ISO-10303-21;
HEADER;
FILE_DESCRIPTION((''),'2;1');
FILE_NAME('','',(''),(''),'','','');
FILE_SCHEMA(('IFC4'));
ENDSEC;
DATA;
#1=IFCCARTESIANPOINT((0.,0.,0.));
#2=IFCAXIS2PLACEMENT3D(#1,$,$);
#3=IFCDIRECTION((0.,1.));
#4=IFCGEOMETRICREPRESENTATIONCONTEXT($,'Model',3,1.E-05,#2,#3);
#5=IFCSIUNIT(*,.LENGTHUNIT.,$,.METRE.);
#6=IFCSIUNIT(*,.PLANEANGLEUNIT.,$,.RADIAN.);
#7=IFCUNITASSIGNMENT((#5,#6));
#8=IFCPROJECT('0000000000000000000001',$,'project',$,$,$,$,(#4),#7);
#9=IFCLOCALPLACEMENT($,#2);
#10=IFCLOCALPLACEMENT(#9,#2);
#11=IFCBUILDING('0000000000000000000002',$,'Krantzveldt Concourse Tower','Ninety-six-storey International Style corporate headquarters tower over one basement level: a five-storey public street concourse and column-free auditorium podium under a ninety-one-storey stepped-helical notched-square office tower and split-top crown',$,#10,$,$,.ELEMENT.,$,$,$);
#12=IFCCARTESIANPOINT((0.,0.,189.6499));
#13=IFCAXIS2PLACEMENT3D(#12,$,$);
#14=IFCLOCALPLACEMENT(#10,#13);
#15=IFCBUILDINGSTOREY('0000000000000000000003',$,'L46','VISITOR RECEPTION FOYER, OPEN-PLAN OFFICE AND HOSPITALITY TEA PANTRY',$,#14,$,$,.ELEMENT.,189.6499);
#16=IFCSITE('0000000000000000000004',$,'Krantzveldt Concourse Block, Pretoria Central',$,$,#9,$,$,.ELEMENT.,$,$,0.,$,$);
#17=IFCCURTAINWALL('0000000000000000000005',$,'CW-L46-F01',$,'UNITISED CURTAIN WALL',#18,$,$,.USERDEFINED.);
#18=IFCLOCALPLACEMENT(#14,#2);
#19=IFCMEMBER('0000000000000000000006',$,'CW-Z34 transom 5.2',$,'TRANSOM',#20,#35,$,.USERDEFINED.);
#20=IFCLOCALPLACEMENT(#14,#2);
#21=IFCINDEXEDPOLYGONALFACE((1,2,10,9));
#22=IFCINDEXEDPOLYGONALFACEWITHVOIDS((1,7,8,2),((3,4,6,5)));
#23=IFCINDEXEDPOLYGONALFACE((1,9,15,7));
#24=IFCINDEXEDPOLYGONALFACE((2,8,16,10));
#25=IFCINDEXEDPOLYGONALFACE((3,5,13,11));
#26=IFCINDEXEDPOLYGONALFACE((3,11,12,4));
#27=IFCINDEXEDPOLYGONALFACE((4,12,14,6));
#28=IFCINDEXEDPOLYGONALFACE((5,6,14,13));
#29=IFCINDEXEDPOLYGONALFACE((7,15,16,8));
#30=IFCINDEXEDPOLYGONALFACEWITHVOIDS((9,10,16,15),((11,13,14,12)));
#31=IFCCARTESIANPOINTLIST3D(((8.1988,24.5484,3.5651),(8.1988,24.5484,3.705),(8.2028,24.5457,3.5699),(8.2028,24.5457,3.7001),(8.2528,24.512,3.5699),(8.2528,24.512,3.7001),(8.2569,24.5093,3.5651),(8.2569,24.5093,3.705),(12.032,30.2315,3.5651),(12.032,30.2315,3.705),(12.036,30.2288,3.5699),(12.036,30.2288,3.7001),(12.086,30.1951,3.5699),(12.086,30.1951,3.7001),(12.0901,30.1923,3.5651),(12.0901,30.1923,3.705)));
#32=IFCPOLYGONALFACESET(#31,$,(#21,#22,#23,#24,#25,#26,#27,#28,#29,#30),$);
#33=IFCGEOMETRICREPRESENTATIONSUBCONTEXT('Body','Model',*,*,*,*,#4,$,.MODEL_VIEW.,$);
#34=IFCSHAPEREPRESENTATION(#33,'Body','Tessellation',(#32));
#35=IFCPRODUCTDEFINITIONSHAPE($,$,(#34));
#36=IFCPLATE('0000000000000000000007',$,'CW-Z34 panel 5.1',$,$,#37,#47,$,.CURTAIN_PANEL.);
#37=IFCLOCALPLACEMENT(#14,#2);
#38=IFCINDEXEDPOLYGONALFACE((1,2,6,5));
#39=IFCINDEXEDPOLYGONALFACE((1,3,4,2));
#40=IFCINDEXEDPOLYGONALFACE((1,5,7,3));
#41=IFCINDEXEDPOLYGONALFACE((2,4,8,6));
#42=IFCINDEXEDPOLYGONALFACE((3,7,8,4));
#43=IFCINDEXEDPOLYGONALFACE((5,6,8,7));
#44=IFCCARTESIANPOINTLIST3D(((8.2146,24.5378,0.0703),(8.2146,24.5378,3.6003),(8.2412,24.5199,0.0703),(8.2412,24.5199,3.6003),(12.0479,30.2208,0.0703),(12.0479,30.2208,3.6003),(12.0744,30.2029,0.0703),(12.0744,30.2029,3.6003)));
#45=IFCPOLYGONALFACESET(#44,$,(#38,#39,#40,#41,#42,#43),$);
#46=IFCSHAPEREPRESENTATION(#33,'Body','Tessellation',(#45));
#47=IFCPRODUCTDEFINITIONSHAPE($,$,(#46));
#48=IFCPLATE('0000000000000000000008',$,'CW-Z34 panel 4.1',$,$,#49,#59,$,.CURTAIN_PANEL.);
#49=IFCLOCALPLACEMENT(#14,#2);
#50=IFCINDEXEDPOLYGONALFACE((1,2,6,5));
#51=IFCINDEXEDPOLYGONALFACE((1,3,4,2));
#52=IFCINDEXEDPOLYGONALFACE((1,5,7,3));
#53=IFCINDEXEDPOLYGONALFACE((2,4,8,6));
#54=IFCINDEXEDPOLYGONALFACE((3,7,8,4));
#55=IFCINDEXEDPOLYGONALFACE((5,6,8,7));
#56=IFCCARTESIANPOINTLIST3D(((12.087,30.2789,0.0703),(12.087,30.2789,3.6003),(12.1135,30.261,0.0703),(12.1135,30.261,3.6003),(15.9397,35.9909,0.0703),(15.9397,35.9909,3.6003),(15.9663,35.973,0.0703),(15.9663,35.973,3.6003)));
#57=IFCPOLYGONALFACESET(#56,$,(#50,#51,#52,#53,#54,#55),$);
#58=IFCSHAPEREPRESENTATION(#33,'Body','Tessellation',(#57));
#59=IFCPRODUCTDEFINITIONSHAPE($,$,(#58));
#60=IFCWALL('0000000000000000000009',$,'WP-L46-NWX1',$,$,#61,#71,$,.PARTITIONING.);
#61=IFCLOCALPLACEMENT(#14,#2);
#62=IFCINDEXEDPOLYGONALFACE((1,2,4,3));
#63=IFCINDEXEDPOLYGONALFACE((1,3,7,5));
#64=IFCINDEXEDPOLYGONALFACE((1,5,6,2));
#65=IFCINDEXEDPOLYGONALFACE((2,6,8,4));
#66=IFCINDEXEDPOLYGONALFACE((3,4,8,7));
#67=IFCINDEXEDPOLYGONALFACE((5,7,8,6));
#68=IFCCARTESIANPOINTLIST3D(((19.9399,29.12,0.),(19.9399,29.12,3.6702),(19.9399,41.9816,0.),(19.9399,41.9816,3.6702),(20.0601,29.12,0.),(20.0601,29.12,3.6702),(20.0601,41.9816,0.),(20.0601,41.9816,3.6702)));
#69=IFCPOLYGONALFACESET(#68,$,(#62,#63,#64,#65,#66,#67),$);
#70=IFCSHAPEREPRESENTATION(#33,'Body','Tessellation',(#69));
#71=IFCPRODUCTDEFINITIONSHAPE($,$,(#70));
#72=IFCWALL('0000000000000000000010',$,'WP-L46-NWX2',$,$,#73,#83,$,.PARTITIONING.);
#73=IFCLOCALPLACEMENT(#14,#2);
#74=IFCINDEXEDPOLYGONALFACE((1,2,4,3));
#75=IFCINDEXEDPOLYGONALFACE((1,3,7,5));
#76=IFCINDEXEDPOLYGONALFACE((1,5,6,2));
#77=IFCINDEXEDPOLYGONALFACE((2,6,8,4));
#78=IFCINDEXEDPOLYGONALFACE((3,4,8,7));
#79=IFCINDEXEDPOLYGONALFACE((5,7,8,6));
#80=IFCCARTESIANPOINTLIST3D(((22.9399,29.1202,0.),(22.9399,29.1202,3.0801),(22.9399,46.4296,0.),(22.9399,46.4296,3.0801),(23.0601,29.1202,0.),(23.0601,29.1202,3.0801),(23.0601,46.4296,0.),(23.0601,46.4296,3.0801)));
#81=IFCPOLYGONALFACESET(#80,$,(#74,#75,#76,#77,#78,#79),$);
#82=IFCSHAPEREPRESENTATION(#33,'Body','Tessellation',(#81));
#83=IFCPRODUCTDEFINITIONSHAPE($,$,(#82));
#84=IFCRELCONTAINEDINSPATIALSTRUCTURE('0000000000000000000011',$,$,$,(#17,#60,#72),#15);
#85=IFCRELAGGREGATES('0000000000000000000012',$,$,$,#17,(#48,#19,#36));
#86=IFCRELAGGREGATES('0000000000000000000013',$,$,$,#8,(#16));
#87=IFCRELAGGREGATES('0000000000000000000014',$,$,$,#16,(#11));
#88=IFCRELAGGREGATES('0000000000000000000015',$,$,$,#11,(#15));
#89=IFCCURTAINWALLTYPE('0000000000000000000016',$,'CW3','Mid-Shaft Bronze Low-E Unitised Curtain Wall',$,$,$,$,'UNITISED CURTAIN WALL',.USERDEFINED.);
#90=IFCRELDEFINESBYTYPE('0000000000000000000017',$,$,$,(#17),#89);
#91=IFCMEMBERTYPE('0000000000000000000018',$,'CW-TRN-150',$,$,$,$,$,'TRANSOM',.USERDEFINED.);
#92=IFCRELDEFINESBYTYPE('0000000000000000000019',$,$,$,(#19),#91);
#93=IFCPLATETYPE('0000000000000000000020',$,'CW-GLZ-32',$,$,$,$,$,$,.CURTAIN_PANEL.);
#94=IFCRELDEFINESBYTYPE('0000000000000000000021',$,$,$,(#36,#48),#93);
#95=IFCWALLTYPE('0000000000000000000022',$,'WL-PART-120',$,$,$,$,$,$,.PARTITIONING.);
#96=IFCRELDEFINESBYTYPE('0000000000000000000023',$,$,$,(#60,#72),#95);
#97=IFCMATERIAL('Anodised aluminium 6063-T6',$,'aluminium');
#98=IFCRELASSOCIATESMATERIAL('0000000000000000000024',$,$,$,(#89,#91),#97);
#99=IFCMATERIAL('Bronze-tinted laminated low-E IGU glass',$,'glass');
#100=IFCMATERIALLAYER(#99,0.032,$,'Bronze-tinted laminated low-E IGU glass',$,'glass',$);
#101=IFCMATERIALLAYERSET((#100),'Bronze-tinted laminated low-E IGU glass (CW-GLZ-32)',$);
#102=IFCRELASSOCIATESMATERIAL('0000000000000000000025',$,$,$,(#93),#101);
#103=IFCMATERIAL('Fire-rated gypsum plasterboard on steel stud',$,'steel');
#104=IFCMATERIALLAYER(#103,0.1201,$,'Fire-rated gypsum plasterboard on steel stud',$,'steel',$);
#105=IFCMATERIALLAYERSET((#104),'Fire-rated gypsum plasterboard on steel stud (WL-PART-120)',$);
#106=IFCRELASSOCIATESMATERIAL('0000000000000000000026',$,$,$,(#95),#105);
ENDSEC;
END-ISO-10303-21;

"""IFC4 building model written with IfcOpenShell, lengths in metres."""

from ifc_helpers import new_model, si_unit, direction, frame, frame_2d, origin, origin_2d, place, context, subcontext, project, spatial, rectangle, hollow_rectangle, extrude, source, transform, mapped, material, layer, layer_set, material_profile, profile_set, type_object, type_shapes, element, aggregate, save


model = new_model("IFC4")

# Units and contexts
model_context = context("Model", 3, precision=1e-05, world=origin(), true_north=direction((0.0, 1.0)))
body_context = subcontext(model_context, "Body", "Model", "MODEL_VIEW")
ifc_project = project(units=[si_unit("LENGTHUNIT", "METRE"), si_unit("PLANEANGLEUNIT", "RADIAN")], contexts=[model_context])

# Site, building, storey
site_placement = place(None, origin())
site = spatial("IfcSite", under=ifc_project, at=site_placement, Name="Krantzveldt Concourse Block, Pretoria Central", CompositionType="ELEMENT", RefElevation=0.0)
building_placement = place(site_placement, origin())
building = spatial("IfcBuilding", under=site, at=building_placement, Name="Krantzveldt Concourse Tower", Description="Ninety-six-storey International Style corporate headquarters tower over one basement level: a five-storey public street concourse and column-free auditorium podium under a ninety-one-storey stepped-helical notched-square office tower and split-top crown", CompositionType="ELEMENT")
storey_placement = place(building_placement, frame((0.0, 0.0, 189.6499)))
storey = spatial("IfcBuildingStorey", under=building, at=storey_placement, Name="L46", Description="VISITOR RECEPTION FOYER, OPEN-PLAN OFFICE AND HOSPITALITY TEA PANTRY", CompositionType="ELEMENT", Elevation=189.6499)

# Curtain wall, member, plates
ifc_material_1 = material(Name="Anodised aluminium 6063-T6", Category="aluminium")
curtain_wall_type = type_object("IfcCurtainWallType", Name="CW3", Description="Mid-Shaft Bronze Low-E Unitised Curtain Wall", ElementType="UNITISED CURTAIN WALL", PredefinedType="USERDEFINED", material=ifc_material_1)
curtain_wall_placement = place(storey_placement, origin())
curtain_wall = element("IfcCurtainWall", 1, at=curtain_wall_placement, inside=storey, type_object=curtain_wall_type, Name="CW-L46-F01", ObjectType="UNITISED CURTAIN WALL", PredefinedType="USERDEFINED")
ifc_material_profile_1 = material_profile(ifc_material_1, hollow_rectangle(XDim=0.0701, YDim=0.1399, WallThickness=0.0049, at=origin_2d()), Name="Anodised aluminium 6063-T6", Category="aluminium")
ifc_profile_set_1 = profile_set([ifc_material_profile_1], Name="Anodised aluminium 6063-T6 - ALU-TRAN 140x70x5")
member_type_1 = type_object("IfcMemberType", Name="CW-TRN-150", ElementType="TRANSOM", PredefinedType="USERDEFINED", material=ifc_profile_set_1)
shared_shape_1 = source(origin(), body_context, "Body", "SweptSolid", [
    extrude(hollow_rectangle(XDim=0.0701, YDim=0.1399, WallThickness=0.0049, at=origin_2d()), origin(), (0.0, 0.0, 1.0), 6.855),
])
type_shapes(member_type_1, [shared_shape_1])
member_1_placement = place(storey_placement, frame((12.061, 30.2119, 3.635), z_axis=(-0.559188, -0.829041, 0.0), x_axis=(0.829041, -0.559188, 0.0)))
member_1 = element("IfcMember", 2, at=member_1_placement, type_object=member_type_1, Name="CW-Z34 transom 5.2", ObjectType="TRANSOM", PredefinedType="USERDEFINED", context=body_context, shape_type="MappedRepresentation", body=[
    mapped(shared_shape_1, transform((0.0, 0.0, 0.0), x_axis=(1.0, 0.0, 0.0), y_axis=(0.0, 1.0, 0.0), z_axis=(0.0, 0.0, 1.0), scale=1.0)),
])
ifc_material_2 = material(Name="Bronze-tinted laminated low-E IGU glass", Category="glass")
ifc_layer_1 = layer(ifc_material_2, 0.032, Name="Bronze-tinted laminated low-E IGU glass", Category="glass")
ifc_layer_set_1 = layer_set([ifc_layer_1], Name="Bronze-tinted laminated low-E IGU glass (CW-GLZ-32)")
plate_type = type_object("IfcPlateType", Name="CW-GLZ-32", PredefinedType="CURTAIN_PANEL", material=ifc_layer_set_1)
shared_shape_2 = source(origin(), body_context, "Body", "SweptSolid", [
    extrude(rectangle(XDim=6.855, YDim=0.032, at=origin_2d()), origin(), (0.0, 0.0, 1.0), 3.53),
])
plate_1_placement = place(storey_placement, frame((10.1445, 27.3704, 0.0703), z_axis=(0.0, 0.0, 1.0), x_axis=(-0.559193, -0.829038, 0.0)))
plate_1 = element("IfcPlate", 3, at=plate_1_placement, type_object=plate_type, Name="CW-Z34 panel 5.1", PredefinedType="CURTAIN_PANEL", context=body_context, shape_type="MappedRepresentation", body=[
    mapped(shared_shape_2, transform((0.0, 0.0, 0.0), x_axis=(1.0, 0.0, 0.0), y_axis=(0.0, 1.0, 0.0), z_axis=(0.0, 0.0, 1.0), scale=1.0)),
])
shared_shape_3 = source(origin(), body_context, "Body", "SweptSolid", [
    extrude(rectangle(XDim=6.8899, YDim=0.032, at=origin_2d()), origin(), (0.0, 0.0, 1.0), 3.53),
])
type_shapes(plate_type, [shared_shape_2, shared_shape_3])
plate_2_placement = place(storey_placement, frame((14.0266, 33.126, 0.0703), z_axis=(0.0, 0.0, 1.0), x_axis=(-0.559193, -0.829038, 0.0)))
plate_2 = element("IfcPlate", 4, at=plate_2_placement, type_object=plate_type, Name="CW-Z34 panel 4.1", PredefinedType="CURTAIN_PANEL", context=body_context, shape_type="MappedRepresentation", body=[
    mapped(shared_shape_3, transform((0.0, 0.0, 0.0), x_axis=(1.0, 0.0, 0.0), y_axis=(0.0, 1.0, 0.0), z_axis=(0.0, 0.0, 1.0), scale=1.0)),
])
aggregate(curtain_wall, [plate_2, member_1, plate_1])

# Walls
ifc_material_3 = material(Name="Fire-rated gypsum plasterboard on steel stud", Category="steel")
ifc_layer_2 = layer(ifc_material_3, 0.1201, Name="Fire-rated gypsum plasterboard on steel stud", Category="steel")
ifc_layer_set_2 = layer_set([ifc_layer_2], Name="Fire-rated gypsum plasterboard on steel stud (WL-PART-120)")
wall_type_1 = type_object("IfcWallType", Name="WL-PART-120", PredefinedType="PARTITIONING", material=ifc_layer_set_2)
wall_1_placement = place(storey_placement, frame((20.0, 29.1201, 0.0), z_axis=(0.0, 0.0, 1.0), x_axis=(0.0, 1.0, 0.0)))
element("IfcWall", 5, at=wall_1_placement, inside=storey, type_object=wall_type_1, Name="WP-L46-NWX1", PredefinedType="PARTITIONING", context=body_context, shape_type="SweptSolid", body=[
    extrude(rectangle(XDim=12.8616, YDim=0.1201, at=frame_2d((6.4307, 0.0))), origin(), (0.0, 0.0, 1.0), 3.6702),
])
wall_2_placement = place(storey_placement, frame((23.0, 29.1201, 0.0), z_axis=(0.0, 0.0, 1.0), x_axis=(0.0, 1.0, 0.0)))
element("IfcWall", 6, at=wall_2_placement, inside=storey, type_object=wall_type_1, Name="WP-L46-NWX2", PredefinedType="PARTITIONING", context=body_context, shape_type="SweptSolid", body=[
    extrude(rectangle(XDim=17.3093, YDim=0.1201, at=frame_2d((8.6548, 0.0))), origin(), (0.0, 0.0, 1.0), 3.0801),
])

save(model, "model.ifc")
